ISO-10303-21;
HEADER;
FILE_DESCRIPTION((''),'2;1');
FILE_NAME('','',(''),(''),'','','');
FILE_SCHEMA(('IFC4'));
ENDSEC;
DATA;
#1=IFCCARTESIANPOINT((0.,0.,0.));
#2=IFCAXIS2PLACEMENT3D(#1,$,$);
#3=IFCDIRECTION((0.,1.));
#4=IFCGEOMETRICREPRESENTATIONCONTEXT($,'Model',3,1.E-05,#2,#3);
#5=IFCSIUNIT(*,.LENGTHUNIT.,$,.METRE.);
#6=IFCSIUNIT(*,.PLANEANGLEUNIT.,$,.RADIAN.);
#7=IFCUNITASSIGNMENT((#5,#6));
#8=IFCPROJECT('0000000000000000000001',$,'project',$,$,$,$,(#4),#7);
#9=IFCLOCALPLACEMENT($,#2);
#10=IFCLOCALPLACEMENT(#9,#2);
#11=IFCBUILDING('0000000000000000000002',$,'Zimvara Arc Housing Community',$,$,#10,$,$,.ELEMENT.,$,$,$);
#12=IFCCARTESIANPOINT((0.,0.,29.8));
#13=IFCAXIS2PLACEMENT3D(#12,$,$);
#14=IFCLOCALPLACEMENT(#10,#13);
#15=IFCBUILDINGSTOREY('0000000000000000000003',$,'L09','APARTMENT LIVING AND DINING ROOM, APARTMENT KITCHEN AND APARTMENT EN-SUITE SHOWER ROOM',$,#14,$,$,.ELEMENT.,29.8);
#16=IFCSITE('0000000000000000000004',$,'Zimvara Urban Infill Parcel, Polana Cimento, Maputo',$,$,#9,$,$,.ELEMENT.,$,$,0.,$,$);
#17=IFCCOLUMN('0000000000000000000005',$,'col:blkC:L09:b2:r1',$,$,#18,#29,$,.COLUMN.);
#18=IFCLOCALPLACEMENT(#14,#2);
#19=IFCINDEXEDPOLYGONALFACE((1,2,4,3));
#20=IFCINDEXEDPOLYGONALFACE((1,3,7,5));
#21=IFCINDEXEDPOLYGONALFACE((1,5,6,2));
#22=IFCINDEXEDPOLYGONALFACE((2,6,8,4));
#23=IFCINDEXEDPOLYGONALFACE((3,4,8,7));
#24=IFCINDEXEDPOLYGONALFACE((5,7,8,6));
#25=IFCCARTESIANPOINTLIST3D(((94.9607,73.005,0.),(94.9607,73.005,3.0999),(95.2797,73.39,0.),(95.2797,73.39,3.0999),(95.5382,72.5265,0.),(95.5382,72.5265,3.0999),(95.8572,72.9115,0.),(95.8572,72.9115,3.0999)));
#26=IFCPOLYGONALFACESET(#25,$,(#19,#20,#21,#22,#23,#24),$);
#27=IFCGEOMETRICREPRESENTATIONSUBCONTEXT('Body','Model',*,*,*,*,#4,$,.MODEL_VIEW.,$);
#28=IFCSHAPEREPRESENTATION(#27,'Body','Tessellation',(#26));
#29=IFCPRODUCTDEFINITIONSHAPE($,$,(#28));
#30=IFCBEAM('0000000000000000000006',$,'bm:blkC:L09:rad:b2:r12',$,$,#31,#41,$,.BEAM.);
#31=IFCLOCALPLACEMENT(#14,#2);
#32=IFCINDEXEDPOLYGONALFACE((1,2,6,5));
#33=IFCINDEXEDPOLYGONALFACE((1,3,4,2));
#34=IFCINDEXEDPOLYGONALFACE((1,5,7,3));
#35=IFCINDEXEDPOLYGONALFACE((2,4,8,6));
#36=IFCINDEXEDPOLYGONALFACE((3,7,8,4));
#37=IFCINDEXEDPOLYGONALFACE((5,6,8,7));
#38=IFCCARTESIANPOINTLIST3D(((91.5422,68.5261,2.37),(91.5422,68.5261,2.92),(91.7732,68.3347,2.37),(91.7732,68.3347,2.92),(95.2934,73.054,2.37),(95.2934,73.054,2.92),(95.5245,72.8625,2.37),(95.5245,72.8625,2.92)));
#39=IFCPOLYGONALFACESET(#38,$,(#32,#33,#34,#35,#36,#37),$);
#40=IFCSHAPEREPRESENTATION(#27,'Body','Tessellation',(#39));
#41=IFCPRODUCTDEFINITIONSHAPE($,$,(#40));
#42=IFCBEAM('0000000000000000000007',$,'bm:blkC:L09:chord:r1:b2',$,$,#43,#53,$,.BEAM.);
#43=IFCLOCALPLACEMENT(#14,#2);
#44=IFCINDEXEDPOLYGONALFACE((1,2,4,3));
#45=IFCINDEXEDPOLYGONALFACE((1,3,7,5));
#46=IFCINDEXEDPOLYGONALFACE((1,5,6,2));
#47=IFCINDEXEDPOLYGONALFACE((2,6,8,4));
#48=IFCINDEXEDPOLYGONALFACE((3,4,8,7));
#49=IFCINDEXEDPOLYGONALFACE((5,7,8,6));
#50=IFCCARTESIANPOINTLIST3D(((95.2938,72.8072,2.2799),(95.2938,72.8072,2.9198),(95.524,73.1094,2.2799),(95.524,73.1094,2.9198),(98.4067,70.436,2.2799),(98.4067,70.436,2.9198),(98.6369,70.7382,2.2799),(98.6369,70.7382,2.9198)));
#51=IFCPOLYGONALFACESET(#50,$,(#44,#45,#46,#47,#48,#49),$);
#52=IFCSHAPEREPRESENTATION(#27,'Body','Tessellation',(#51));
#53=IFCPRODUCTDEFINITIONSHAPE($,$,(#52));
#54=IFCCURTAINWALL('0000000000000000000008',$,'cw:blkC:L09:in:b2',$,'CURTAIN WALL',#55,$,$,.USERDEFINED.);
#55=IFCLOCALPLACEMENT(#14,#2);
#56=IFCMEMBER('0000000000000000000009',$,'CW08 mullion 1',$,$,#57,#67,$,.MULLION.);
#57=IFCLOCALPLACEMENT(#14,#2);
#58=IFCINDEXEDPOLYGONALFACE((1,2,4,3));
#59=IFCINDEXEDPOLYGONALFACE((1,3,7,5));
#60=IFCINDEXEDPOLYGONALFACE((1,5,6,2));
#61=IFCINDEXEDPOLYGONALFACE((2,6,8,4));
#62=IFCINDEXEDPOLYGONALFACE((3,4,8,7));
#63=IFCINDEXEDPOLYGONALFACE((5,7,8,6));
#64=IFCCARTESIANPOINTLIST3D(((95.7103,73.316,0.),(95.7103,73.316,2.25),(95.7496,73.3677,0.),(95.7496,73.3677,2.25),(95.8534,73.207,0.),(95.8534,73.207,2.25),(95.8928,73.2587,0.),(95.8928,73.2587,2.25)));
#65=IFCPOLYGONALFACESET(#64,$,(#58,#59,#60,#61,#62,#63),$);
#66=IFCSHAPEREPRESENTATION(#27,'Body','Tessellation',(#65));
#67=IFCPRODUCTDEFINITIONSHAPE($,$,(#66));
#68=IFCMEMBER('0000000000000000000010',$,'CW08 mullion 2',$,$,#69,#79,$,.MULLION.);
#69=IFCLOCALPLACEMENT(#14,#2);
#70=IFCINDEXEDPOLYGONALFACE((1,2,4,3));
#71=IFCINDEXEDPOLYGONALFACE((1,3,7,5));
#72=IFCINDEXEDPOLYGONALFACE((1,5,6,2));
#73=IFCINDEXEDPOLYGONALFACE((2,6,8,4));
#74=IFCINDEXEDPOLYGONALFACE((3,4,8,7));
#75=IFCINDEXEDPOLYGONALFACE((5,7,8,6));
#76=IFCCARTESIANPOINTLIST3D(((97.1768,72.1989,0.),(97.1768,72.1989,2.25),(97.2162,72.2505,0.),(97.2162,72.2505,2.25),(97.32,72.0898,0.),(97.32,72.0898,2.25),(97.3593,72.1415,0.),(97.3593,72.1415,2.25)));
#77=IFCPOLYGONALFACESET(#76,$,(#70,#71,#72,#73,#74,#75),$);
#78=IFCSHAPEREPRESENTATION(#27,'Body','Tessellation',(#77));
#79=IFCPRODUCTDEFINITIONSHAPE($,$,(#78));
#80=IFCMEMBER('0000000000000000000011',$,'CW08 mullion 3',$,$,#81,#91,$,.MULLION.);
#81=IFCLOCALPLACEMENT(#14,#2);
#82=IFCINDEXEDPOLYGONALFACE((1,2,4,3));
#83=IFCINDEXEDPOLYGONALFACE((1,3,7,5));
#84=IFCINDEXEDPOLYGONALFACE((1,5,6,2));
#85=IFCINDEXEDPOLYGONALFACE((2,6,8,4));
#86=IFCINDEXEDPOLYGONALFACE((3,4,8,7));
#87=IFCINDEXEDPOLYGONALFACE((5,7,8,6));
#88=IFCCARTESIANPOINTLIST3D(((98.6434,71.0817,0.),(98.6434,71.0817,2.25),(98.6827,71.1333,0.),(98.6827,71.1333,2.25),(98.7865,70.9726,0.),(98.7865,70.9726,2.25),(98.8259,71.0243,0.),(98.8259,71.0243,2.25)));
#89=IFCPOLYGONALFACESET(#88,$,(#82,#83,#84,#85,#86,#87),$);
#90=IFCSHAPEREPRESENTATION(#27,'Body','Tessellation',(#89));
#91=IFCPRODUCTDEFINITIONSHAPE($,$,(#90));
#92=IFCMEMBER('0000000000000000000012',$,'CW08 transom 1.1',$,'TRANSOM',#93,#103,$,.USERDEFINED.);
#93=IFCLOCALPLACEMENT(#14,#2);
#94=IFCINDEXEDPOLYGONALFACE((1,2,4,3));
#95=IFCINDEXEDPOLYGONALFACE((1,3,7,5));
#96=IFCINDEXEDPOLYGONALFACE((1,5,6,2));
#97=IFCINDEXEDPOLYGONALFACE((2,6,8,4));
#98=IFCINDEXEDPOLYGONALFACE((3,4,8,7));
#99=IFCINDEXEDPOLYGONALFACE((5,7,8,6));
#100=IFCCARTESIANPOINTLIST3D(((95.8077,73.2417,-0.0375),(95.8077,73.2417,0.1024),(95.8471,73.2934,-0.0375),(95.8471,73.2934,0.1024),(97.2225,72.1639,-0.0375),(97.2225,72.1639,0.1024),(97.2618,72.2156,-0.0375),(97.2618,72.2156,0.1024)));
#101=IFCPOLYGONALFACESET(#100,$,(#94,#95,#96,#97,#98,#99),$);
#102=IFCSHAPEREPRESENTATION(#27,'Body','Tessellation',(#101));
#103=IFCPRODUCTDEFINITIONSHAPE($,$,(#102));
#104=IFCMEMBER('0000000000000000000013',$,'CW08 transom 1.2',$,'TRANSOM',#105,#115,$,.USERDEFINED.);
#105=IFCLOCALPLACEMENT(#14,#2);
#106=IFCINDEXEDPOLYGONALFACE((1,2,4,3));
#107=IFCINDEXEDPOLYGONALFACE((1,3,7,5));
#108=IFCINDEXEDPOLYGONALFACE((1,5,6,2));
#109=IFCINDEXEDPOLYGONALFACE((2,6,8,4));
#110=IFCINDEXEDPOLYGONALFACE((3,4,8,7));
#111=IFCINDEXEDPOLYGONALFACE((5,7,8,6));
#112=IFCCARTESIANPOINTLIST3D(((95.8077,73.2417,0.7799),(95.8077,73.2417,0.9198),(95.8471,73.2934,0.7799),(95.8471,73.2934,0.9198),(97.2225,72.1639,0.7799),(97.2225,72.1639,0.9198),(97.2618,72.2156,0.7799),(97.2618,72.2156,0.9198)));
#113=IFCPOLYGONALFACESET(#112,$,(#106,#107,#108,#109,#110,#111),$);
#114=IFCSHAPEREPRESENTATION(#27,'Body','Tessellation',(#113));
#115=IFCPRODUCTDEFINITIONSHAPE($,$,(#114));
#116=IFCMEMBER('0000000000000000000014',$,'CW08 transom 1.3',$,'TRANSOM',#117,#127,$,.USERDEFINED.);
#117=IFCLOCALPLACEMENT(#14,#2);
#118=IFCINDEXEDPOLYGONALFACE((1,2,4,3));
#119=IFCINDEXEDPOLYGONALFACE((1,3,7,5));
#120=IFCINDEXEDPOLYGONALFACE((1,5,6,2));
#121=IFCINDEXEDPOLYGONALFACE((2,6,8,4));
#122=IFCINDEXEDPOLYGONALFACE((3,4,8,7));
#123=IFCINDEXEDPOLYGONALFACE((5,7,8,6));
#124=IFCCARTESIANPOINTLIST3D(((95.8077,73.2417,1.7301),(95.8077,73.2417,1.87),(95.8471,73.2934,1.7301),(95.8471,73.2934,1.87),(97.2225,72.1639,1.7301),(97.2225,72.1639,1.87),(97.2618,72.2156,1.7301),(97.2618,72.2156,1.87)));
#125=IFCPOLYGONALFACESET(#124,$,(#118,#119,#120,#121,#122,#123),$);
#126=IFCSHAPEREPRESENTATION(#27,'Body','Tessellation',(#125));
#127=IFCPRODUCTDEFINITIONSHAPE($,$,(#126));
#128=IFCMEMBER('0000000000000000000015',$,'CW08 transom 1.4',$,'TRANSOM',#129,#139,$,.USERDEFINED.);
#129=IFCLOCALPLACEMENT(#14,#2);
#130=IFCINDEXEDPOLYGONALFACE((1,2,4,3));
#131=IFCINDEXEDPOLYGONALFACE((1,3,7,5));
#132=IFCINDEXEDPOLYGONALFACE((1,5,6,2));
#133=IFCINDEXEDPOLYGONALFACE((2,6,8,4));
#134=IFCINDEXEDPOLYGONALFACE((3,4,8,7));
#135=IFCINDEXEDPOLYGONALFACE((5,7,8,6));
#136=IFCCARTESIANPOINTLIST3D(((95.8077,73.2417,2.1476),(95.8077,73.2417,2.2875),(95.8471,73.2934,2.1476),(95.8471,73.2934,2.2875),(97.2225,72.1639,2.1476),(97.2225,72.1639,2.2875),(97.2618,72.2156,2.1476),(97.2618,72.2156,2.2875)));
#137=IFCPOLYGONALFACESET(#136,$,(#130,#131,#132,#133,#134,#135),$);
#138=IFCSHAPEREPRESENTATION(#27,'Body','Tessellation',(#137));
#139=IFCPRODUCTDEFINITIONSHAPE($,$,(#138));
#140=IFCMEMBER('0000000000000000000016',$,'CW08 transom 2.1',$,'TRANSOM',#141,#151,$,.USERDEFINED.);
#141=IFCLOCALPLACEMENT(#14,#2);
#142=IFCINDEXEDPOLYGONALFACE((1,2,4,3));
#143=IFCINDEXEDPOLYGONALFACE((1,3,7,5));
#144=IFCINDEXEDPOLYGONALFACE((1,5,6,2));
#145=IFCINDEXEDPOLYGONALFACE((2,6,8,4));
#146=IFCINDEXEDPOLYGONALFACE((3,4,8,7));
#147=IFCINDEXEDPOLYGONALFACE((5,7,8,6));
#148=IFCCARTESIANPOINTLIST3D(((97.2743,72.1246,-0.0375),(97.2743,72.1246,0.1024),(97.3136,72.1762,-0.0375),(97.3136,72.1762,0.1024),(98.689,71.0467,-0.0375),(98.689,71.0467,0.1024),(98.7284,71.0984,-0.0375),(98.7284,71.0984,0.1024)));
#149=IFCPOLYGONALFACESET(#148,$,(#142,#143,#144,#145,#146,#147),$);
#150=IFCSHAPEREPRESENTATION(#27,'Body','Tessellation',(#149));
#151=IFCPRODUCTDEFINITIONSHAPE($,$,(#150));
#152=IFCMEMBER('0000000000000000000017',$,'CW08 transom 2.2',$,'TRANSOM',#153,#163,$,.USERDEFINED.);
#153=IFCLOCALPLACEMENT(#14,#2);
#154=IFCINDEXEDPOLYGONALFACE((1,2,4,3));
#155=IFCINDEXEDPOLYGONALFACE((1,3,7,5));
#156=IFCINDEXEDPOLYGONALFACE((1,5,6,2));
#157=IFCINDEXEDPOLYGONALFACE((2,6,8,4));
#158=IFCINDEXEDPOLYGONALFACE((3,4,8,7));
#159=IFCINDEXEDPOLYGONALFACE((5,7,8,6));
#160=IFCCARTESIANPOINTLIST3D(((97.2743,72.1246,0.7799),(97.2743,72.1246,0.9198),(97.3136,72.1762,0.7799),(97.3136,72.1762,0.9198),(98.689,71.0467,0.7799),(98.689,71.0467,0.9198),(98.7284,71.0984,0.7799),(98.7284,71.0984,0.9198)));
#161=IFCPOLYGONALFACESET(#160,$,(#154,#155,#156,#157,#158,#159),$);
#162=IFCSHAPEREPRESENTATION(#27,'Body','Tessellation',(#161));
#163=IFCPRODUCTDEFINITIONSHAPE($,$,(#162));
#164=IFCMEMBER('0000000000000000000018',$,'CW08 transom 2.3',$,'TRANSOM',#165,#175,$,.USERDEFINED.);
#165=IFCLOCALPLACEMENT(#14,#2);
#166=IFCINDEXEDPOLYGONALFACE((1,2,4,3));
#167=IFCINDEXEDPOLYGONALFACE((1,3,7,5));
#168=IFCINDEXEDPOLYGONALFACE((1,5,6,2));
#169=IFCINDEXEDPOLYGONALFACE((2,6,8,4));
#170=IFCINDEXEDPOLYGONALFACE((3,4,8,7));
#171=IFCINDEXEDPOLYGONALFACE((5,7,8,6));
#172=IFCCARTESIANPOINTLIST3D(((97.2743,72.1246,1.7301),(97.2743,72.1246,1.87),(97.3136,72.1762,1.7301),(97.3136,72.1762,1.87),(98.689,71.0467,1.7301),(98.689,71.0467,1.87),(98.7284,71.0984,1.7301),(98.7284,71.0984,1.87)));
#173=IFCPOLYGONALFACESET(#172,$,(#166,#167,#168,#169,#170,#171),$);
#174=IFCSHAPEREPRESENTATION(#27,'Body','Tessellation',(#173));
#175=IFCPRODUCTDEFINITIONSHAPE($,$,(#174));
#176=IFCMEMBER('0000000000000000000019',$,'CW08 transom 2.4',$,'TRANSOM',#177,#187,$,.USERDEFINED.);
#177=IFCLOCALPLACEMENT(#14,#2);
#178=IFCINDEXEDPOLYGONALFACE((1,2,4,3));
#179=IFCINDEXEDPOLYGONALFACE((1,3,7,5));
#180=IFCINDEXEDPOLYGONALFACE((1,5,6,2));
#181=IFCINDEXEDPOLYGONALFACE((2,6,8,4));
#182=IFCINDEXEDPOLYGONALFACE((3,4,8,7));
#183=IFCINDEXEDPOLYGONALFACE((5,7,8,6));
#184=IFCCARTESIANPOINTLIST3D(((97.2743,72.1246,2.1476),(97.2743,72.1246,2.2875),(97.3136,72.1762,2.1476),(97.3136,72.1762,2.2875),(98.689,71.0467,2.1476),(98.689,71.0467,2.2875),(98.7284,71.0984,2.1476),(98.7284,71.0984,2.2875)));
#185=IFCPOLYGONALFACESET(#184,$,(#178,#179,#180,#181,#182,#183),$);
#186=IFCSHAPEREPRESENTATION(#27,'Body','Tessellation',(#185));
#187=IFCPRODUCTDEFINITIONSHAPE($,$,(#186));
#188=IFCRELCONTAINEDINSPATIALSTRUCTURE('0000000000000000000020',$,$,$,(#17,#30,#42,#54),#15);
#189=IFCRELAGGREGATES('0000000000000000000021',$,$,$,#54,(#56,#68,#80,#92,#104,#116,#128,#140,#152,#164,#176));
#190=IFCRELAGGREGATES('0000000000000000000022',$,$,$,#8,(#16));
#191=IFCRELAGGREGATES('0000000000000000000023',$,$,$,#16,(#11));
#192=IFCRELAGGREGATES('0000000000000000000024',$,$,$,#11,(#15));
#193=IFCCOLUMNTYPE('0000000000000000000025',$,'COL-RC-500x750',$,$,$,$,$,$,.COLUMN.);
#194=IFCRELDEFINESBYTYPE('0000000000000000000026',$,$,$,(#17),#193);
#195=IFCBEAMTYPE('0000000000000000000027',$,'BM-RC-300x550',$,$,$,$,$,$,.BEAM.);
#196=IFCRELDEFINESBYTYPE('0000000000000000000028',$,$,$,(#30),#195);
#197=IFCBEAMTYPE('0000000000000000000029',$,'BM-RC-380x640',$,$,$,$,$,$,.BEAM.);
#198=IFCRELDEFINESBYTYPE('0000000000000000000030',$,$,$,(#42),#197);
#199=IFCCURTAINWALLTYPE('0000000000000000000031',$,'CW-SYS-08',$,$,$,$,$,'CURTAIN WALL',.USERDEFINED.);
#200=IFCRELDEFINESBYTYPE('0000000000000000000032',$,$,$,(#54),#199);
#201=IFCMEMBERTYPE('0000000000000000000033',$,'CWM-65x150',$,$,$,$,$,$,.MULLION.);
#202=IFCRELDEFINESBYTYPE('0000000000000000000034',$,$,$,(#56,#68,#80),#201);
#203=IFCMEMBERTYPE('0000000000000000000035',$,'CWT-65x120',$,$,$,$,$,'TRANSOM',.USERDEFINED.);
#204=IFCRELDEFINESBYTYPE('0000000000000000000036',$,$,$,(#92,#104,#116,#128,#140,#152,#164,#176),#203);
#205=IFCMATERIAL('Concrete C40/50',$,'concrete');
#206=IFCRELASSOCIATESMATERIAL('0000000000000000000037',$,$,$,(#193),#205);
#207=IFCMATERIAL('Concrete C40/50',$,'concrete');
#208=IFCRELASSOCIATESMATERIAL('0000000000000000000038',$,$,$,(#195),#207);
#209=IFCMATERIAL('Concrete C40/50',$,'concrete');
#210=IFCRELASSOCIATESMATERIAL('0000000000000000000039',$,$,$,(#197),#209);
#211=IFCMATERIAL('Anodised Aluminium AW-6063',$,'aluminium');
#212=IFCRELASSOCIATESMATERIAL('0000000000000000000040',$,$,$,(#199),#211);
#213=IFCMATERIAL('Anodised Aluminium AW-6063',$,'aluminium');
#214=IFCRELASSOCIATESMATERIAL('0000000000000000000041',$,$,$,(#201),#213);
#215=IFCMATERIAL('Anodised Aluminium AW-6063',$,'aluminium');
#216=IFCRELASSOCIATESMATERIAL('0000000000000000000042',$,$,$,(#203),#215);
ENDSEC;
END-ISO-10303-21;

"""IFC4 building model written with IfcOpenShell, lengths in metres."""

from ifc_helpers import new_model, si_unit, direction, frame, origin, origin_2d, place, context, subcontext, project, spatial, rectangle, extrude, material, material_profile, profile_set, type_object, element, aggregate, save


model = new_model("IFC4")

# Units and contexts
model_context = context("Model", 3, precision=1e-05, world=origin(), true_north=direction((0.0, 1.0)))
body_context = subcontext(model_context, "Body", "Model", "MODEL_VIEW")
ifc_project = project(units=[si_unit("LENGTHUNIT", "METRE"), si_unit("PLANEANGLEUNIT", "RADIAN")], contexts=[model_context])

# Site, building, storey
site_placement = place(None, origin())
site = spatial("IfcSite", under=ifc_project, at=site_placement, Name="Zimvara Urban Infill Parcel, Polana Cimento, Maputo", CompositionType="ELEMENT", RefElevation=0.0)
building_placement = place(site_placement, origin())
building = spatial("IfcBuilding", under=site, at=building_placement, Name="Zimvara Arc Housing Community", CompositionType="ELEMENT")
storey_placement = place(building_placement, frame((0.0, 0.0, 29.8)))
storey = spatial("IfcBuildingStorey", under=building, at=storey_placement, Name="L09", Description="APARTMENT LIVING AND DINING ROOM, APARTMENT KITCHEN AND APARTMENT EN-SUITE SHOWER ROOM", CompositionType="ELEMENT", Elevation=29.8)

# Column
ifc_material_1 = material(Name="Concrete C40/50", Category="concrete")
ifc_material_profile_1 = material_profile(ifc_material_1, rectangle(XDim=0.5, YDim=0.75, at=origin_2d()), Name="RC 500x750")
ifc_profile_set_1 = profile_set([ifc_material_profile_1], Name="Concrete C40/50")
column_type = type_object("IfcColumnType", Name="COL-RC-500x750", PredefinedType="COLUMN", material=ifc_profile_set_1)
column_placement = place(storey_placement, frame((95.4089, 72.9583, 0.0), z_axis=(0.0, 0.0, 1.0), x_axis=(-0.637962, -0.770068, 0.0)))
element("IfcColumn", 1, at=column_placement, inside=storey, type_object=column_type, Name="col:blkC:L09:b2:r1", PredefinedType="COLUMN", context=body_context, shape_type="SweptSolid", body=[
    extrude(rectangle(XDim=0.5, YDim=0.75, at=origin_2d()), origin(), (0.0, 0.0, 1.0), 3.0999),
])

# Beams
ifc_material_2 = material(Name="Concrete C40/50", Category="concrete")
ifc_material_profile_2 = material_profile(ifc_material_2, rectangle(XDim=0.3, YDim=0.55, at=origin_2d()), Name="RC 300x550")
ifc_profile_set_2 = profile_set([ifc_material_profile_2], Name="Concrete C40/50")
beam_type_1 = type_object("IfcBeamType", Name="BM-RC-300x550", PredefinedType="BEAM", material=ifc_profile_set_2)
beam_1_placement = place(storey_placement, frame((95.4089, 72.9583, 2.645), z_axis=(-0.637976, -0.770056, 0.0), x_axis=(0.770056, -0.637976, 0.0)))
element("IfcBeam", 2, at=beam_1_placement, inside=storey, type_object=beam_type_1, Name="bm:blkC:L09:rad:b2:r12", PredefinedType="BEAM", context=body_context, shape_type="SweptSolid", body=[
    extrude(rectangle(XDim=0.3, YDim=0.55, at=origin_2d()), origin(), (0.0, 0.0, 1.0), 5.8799),
])
ifc_material_3 = material(Name="Concrete C40/50", Category="concrete")
ifc_material_profile_3 = material_profile(ifc_material_3, rectangle(XDim=0.3799, YDim=0.6399, at=origin_2d()), Name="RC 380x640")
ifc_profile_set_3 = profile_set([ifc_material_profile_3], Name="Concrete C40/50")
beam_type_2 = type_object("IfcBeamType", Name="BM-RC-380x640", PredefinedType="BEAM", material=ifc_profile_set_3)
beam_2_placement = place(storey_placement, frame((95.4089, 72.9583, 2.5999), z_axis=(0.7955, -0.605953, 0.0), x_axis=(0.605953, 0.7955, 0.0)))
element("IfcBeam", 3, at=beam_2_placement, inside=storey, type_object=beam_type_2, Name="bm:blkC:L09:chord:r1:b2", PredefinedType="BEAM", context=body_context, shape_type="SweptSolid", body=[
    extrude(rectangle(XDim=0.3799, YDim=0.6399, at=origin_2d()), origin(), (0.0, 0.0, 1.0), 3.9131),
])

# Curtain wall, members
ifc_material_4 = material(Name="Anodised Aluminium AW-6063", Category="aluminium")
curtain_wall_type = type_object("IfcCurtainWallType", Name="CW-SYS-08", ElementType="CURTAIN WALL", PredefinedType="USERDEFINED", material=ifc_material_4)
curtain_wall_placement = place(storey_placement, origin())
curtain_wall = element("IfcCurtainWall", 4, at=curtain_wall_placement, inside=storey, type_object=curtain_wall_type, Name="cw:blkC:L09:in:b2", ObjectType="CURTAIN WALL", PredefinedType="USERDEFINED")
ifc_material_5 = material(Name="Anodised Aluminium AW-6063", Category="aluminium")
ifc_material_profile_4 = material_profile(ifc_material_5, rectangle(XDim=0.0649, YDim=0.1799, at=origin_2d()), Name="ALU 65x180")
ifc_profile_set_4 = profile_set([ifc_material_profile_4], Name="Anodised Aluminium AW-6063")
member_type_1 = type_object("IfcMemberType", Name="CWM-65x150", PredefinedType="MULLION", material=ifc_profile_set_4)
member_1_placement = place(storey_placement, frame((95.8015, 73.2874, 0.0), z_axis=(0.0, 0.0, 1.0), x_axis=(0.605988, 0.795474, 0.0)))
member_1 = element("IfcMember", 5, at=member_1_placement, type_object=member_type_1, Name="CW08 mullion 1", PredefinedType="MULLION", context=body_context, shape_type="SweptSolid", body=[
    extrude(rectangle(XDim=0.0649, YDim=0.1799, at=origin_2d()), origin(), (0.0, 0.0, 1.0), 2.25),
])
member_2_placement = place(storey_placement, frame((97.2681, 72.1702, 0.0), z_axis=(0.0, 0.0, 1.0), x_axis=(0.605988, 0.795474, 0.0)))
member_2 = element("IfcMember", 6, at=member_2_placement, type_object=member_type_1, Name="CW08 mullion 2", PredefinedType="MULLION", context=body_context, shape_type="SweptSolid", body=[
    extrude(rectangle(XDim=0.0649, YDim=0.1799, at=origin_2d()), origin(), (0.0, 0.0, 1.0), 2.25),
])
member_3_placement = place(storey_placement, frame((98.7346, 71.053, 0.0), z_axis=(0.0, 0.0, 1.0), x_axis=(0.605988, 0.795474, 0.0)))
member_3 = element("IfcMember", 7, at=member_3_placement, type_object=member_type_1, Name="CW08 mullion 3", PredefinedType="MULLION", context=body_context, shape_type="SweptSolid", body=[
    extrude(rectangle(XDim=0.0649, YDim=0.1799, at=origin_2d()), origin(), (0.0, 0.0, 1.0), 2.25),
])
ifc_material_6 = material(Name="Anodised Aluminium AW-6063", Category="aluminium")
ifc_material_profile_5 = material_profile(ifc_material_6, rectangle(XDim=0.0649, YDim=0.1399, at=origin_2d()), Name="ALU 65x140")
ifc_profile_set_5 = profile_set([ifc_material_profile_5], Name="Anodised Aluminium AW-6063")
member_type_2 = type_object("IfcMemberType", Name="CWT-65x120", ElementType="TRANSOM", PredefinedType="USERDEFINED", material=ifc_profile_set_5)
member_4_placement = place(storey_placement, frame((95.8274, 73.2676, 0.0325), z_axis=(0.795447, -0.606023, 0.0), x_axis=(0.606023, 0.795447, 0.0)))
member_4 = element("IfcMember", 8, at=member_4_placement, type_object=member_type_2, Name="CW08 transom 1.1", ObjectType="TRANSOM", PredefinedType="USERDEFINED", context=body_context, shape_type="SweptSolid", body=[
    extrude(rectangle(XDim=0.0649, YDim=0.1399, at=origin_2d()), origin(), (0.0, 0.0, 1.0), 1.7786),
])
member_5_placement = place(storey_placement, frame((95.8274, 73.2676, 0.8499), z_axis=(0.795447, -0.606023, 0.0), x_axis=(0.606023, 0.795447, 0.0)))
member_5 = element("IfcMember", 9, at=member_5_placement, type_object=member_type_2, Name="CW08 transom 1.2", ObjectType="TRANSOM", PredefinedType="USERDEFINED", context=body_context, shape_type="SweptSolid", body=[
    extrude(rectangle(XDim=0.0649, YDim=0.1399, at=origin_2d()), origin(), (0.0, 0.0, 1.0), 1.7786),
])
member_6_placement = place(storey_placement, frame((95.8274, 73.2676, 1.8), z_axis=(0.795447, -0.606023, 0.0), x_axis=(0.606023, 0.795447, 0.0)))
member_6 = element("IfcMember", 10, at=member_6_placement, type_object=member_type_2, Name="CW08 transom 1.3", ObjectType="TRANSOM", PredefinedType="USERDEFINED", context=body_context, shape_type="SweptSolid", body=[
    extrude(rectangle(XDim=0.0649, YDim=0.1399, at=origin_2d()), origin(), (0.0, 0.0, 1.0), 1.7786),
])
member_7_placement = place(storey_placement, frame((95.8274, 73.2676, 2.2175), z_axis=(0.795447, -0.606023, 0.0), x_axis=(0.606023, 0.795447, 0.0)))
member_7 = element("IfcMember", 11, at=member_7_placement, type_object=member_type_2, Name="CW08 transom 1.4", ObjectType="TRANSOM", PredefinedType="USERDEFINED", context=body_context, shape_type="SweptSolid", body=[
    extrude(rectangle(XDim=0.0649, YDim=0.1399, at=origin_2d()), origin(), (0.0, 0.0, 1.0), 1.7786),
])
member_8_placement = place(storey_placement, frame((97.2939, 72.1504, 0.0325), z_axis=(0.795447, -0.606023, 0.0), x_axis=(0.606023, 0.795447, 0.0)))
member_8 = element("IfcMember", 12, at=member_8_placement, type_object=member_type_2, Name="CW08 transom 2.1", ObjectType="TRANSOM", PredefinedType="USERDEFINED", context=body_context, shape_type="SweptSolid", body=[
    extrude(rectangle(XDim=0.0649, YDim=0.1399, at=origin_2d()), origin(), (0.0, 0.0, 1.0), 1.7786),
])
member_9_placement = place(storey_placement, frame((97.2939, 72.1504, 0.8499), z_axis=(0.795447, -0.606023, 0.0), x_axis=(0.606023, 0.795447, 0.0)))
member_9 = element("IfcMember", 13, at=member_9_placement, type_object=member_type_2, Name="CW08 transom 2.2", ObjectType="TRANSOM", PredefinedType="USERDEFINED", context=body_context, shape_type="SweptSolid", body=[
    extrude(rectangle(XDim=0.0649, YDim=0.1399, at=origin_2d()), origin(), (0.0, 0.0, 1.0), 1.7786),
])
member_10_placement = place(storey_placement, frame((97.2939, 72.1504, 1.8), z_axis=(0.795447, -0.606023, 0.0), x_axis=(0.606023, 0.795447, 0.0)))
member_10 = element("IfcMember", 14, at=member_10_placement, type_object=member_type_2, Name="CW08 transom 2.3", ObjectType="TRANSOM", PredefinedType="USERDEFINED", context=body_context, shape_type="SweptSolid", body=[
    extrude(rectangle(XDim=0.0649, YDim=0.1399, at=origin_2d()), origin(), (0.0, 0.0, 1.0), 1.7786),
])
member_11_placement = place(storey_placement, frame((97.2939, 72.1504, 2.2175), z_axis=(0.795447, -0.606023, 0.0), x_axis=(0.606023, 0.795447, 0.0)))
member_11 = element("IfcMember", 15, at=member_11_placement, type_object=member_type_2, Name="CW08 transom 2.4", ObjectType="TRANSOM", PredefinedType="USERDEFINED", context=body_context, shape_type="SweptSolid", body=[
    extrude(rectangle(XDim=0.0649, YDim=0.1399, at=origin_2d()), origin(), (0.0, 0.0, 1.0), 1.7786),
])
aggregate(curtain_wall, [member_1, member_2, member_3, member_4, member_5, member_6, member_7, member_8, member_9, member_10, member_11])

save(model, "model.ifc")
